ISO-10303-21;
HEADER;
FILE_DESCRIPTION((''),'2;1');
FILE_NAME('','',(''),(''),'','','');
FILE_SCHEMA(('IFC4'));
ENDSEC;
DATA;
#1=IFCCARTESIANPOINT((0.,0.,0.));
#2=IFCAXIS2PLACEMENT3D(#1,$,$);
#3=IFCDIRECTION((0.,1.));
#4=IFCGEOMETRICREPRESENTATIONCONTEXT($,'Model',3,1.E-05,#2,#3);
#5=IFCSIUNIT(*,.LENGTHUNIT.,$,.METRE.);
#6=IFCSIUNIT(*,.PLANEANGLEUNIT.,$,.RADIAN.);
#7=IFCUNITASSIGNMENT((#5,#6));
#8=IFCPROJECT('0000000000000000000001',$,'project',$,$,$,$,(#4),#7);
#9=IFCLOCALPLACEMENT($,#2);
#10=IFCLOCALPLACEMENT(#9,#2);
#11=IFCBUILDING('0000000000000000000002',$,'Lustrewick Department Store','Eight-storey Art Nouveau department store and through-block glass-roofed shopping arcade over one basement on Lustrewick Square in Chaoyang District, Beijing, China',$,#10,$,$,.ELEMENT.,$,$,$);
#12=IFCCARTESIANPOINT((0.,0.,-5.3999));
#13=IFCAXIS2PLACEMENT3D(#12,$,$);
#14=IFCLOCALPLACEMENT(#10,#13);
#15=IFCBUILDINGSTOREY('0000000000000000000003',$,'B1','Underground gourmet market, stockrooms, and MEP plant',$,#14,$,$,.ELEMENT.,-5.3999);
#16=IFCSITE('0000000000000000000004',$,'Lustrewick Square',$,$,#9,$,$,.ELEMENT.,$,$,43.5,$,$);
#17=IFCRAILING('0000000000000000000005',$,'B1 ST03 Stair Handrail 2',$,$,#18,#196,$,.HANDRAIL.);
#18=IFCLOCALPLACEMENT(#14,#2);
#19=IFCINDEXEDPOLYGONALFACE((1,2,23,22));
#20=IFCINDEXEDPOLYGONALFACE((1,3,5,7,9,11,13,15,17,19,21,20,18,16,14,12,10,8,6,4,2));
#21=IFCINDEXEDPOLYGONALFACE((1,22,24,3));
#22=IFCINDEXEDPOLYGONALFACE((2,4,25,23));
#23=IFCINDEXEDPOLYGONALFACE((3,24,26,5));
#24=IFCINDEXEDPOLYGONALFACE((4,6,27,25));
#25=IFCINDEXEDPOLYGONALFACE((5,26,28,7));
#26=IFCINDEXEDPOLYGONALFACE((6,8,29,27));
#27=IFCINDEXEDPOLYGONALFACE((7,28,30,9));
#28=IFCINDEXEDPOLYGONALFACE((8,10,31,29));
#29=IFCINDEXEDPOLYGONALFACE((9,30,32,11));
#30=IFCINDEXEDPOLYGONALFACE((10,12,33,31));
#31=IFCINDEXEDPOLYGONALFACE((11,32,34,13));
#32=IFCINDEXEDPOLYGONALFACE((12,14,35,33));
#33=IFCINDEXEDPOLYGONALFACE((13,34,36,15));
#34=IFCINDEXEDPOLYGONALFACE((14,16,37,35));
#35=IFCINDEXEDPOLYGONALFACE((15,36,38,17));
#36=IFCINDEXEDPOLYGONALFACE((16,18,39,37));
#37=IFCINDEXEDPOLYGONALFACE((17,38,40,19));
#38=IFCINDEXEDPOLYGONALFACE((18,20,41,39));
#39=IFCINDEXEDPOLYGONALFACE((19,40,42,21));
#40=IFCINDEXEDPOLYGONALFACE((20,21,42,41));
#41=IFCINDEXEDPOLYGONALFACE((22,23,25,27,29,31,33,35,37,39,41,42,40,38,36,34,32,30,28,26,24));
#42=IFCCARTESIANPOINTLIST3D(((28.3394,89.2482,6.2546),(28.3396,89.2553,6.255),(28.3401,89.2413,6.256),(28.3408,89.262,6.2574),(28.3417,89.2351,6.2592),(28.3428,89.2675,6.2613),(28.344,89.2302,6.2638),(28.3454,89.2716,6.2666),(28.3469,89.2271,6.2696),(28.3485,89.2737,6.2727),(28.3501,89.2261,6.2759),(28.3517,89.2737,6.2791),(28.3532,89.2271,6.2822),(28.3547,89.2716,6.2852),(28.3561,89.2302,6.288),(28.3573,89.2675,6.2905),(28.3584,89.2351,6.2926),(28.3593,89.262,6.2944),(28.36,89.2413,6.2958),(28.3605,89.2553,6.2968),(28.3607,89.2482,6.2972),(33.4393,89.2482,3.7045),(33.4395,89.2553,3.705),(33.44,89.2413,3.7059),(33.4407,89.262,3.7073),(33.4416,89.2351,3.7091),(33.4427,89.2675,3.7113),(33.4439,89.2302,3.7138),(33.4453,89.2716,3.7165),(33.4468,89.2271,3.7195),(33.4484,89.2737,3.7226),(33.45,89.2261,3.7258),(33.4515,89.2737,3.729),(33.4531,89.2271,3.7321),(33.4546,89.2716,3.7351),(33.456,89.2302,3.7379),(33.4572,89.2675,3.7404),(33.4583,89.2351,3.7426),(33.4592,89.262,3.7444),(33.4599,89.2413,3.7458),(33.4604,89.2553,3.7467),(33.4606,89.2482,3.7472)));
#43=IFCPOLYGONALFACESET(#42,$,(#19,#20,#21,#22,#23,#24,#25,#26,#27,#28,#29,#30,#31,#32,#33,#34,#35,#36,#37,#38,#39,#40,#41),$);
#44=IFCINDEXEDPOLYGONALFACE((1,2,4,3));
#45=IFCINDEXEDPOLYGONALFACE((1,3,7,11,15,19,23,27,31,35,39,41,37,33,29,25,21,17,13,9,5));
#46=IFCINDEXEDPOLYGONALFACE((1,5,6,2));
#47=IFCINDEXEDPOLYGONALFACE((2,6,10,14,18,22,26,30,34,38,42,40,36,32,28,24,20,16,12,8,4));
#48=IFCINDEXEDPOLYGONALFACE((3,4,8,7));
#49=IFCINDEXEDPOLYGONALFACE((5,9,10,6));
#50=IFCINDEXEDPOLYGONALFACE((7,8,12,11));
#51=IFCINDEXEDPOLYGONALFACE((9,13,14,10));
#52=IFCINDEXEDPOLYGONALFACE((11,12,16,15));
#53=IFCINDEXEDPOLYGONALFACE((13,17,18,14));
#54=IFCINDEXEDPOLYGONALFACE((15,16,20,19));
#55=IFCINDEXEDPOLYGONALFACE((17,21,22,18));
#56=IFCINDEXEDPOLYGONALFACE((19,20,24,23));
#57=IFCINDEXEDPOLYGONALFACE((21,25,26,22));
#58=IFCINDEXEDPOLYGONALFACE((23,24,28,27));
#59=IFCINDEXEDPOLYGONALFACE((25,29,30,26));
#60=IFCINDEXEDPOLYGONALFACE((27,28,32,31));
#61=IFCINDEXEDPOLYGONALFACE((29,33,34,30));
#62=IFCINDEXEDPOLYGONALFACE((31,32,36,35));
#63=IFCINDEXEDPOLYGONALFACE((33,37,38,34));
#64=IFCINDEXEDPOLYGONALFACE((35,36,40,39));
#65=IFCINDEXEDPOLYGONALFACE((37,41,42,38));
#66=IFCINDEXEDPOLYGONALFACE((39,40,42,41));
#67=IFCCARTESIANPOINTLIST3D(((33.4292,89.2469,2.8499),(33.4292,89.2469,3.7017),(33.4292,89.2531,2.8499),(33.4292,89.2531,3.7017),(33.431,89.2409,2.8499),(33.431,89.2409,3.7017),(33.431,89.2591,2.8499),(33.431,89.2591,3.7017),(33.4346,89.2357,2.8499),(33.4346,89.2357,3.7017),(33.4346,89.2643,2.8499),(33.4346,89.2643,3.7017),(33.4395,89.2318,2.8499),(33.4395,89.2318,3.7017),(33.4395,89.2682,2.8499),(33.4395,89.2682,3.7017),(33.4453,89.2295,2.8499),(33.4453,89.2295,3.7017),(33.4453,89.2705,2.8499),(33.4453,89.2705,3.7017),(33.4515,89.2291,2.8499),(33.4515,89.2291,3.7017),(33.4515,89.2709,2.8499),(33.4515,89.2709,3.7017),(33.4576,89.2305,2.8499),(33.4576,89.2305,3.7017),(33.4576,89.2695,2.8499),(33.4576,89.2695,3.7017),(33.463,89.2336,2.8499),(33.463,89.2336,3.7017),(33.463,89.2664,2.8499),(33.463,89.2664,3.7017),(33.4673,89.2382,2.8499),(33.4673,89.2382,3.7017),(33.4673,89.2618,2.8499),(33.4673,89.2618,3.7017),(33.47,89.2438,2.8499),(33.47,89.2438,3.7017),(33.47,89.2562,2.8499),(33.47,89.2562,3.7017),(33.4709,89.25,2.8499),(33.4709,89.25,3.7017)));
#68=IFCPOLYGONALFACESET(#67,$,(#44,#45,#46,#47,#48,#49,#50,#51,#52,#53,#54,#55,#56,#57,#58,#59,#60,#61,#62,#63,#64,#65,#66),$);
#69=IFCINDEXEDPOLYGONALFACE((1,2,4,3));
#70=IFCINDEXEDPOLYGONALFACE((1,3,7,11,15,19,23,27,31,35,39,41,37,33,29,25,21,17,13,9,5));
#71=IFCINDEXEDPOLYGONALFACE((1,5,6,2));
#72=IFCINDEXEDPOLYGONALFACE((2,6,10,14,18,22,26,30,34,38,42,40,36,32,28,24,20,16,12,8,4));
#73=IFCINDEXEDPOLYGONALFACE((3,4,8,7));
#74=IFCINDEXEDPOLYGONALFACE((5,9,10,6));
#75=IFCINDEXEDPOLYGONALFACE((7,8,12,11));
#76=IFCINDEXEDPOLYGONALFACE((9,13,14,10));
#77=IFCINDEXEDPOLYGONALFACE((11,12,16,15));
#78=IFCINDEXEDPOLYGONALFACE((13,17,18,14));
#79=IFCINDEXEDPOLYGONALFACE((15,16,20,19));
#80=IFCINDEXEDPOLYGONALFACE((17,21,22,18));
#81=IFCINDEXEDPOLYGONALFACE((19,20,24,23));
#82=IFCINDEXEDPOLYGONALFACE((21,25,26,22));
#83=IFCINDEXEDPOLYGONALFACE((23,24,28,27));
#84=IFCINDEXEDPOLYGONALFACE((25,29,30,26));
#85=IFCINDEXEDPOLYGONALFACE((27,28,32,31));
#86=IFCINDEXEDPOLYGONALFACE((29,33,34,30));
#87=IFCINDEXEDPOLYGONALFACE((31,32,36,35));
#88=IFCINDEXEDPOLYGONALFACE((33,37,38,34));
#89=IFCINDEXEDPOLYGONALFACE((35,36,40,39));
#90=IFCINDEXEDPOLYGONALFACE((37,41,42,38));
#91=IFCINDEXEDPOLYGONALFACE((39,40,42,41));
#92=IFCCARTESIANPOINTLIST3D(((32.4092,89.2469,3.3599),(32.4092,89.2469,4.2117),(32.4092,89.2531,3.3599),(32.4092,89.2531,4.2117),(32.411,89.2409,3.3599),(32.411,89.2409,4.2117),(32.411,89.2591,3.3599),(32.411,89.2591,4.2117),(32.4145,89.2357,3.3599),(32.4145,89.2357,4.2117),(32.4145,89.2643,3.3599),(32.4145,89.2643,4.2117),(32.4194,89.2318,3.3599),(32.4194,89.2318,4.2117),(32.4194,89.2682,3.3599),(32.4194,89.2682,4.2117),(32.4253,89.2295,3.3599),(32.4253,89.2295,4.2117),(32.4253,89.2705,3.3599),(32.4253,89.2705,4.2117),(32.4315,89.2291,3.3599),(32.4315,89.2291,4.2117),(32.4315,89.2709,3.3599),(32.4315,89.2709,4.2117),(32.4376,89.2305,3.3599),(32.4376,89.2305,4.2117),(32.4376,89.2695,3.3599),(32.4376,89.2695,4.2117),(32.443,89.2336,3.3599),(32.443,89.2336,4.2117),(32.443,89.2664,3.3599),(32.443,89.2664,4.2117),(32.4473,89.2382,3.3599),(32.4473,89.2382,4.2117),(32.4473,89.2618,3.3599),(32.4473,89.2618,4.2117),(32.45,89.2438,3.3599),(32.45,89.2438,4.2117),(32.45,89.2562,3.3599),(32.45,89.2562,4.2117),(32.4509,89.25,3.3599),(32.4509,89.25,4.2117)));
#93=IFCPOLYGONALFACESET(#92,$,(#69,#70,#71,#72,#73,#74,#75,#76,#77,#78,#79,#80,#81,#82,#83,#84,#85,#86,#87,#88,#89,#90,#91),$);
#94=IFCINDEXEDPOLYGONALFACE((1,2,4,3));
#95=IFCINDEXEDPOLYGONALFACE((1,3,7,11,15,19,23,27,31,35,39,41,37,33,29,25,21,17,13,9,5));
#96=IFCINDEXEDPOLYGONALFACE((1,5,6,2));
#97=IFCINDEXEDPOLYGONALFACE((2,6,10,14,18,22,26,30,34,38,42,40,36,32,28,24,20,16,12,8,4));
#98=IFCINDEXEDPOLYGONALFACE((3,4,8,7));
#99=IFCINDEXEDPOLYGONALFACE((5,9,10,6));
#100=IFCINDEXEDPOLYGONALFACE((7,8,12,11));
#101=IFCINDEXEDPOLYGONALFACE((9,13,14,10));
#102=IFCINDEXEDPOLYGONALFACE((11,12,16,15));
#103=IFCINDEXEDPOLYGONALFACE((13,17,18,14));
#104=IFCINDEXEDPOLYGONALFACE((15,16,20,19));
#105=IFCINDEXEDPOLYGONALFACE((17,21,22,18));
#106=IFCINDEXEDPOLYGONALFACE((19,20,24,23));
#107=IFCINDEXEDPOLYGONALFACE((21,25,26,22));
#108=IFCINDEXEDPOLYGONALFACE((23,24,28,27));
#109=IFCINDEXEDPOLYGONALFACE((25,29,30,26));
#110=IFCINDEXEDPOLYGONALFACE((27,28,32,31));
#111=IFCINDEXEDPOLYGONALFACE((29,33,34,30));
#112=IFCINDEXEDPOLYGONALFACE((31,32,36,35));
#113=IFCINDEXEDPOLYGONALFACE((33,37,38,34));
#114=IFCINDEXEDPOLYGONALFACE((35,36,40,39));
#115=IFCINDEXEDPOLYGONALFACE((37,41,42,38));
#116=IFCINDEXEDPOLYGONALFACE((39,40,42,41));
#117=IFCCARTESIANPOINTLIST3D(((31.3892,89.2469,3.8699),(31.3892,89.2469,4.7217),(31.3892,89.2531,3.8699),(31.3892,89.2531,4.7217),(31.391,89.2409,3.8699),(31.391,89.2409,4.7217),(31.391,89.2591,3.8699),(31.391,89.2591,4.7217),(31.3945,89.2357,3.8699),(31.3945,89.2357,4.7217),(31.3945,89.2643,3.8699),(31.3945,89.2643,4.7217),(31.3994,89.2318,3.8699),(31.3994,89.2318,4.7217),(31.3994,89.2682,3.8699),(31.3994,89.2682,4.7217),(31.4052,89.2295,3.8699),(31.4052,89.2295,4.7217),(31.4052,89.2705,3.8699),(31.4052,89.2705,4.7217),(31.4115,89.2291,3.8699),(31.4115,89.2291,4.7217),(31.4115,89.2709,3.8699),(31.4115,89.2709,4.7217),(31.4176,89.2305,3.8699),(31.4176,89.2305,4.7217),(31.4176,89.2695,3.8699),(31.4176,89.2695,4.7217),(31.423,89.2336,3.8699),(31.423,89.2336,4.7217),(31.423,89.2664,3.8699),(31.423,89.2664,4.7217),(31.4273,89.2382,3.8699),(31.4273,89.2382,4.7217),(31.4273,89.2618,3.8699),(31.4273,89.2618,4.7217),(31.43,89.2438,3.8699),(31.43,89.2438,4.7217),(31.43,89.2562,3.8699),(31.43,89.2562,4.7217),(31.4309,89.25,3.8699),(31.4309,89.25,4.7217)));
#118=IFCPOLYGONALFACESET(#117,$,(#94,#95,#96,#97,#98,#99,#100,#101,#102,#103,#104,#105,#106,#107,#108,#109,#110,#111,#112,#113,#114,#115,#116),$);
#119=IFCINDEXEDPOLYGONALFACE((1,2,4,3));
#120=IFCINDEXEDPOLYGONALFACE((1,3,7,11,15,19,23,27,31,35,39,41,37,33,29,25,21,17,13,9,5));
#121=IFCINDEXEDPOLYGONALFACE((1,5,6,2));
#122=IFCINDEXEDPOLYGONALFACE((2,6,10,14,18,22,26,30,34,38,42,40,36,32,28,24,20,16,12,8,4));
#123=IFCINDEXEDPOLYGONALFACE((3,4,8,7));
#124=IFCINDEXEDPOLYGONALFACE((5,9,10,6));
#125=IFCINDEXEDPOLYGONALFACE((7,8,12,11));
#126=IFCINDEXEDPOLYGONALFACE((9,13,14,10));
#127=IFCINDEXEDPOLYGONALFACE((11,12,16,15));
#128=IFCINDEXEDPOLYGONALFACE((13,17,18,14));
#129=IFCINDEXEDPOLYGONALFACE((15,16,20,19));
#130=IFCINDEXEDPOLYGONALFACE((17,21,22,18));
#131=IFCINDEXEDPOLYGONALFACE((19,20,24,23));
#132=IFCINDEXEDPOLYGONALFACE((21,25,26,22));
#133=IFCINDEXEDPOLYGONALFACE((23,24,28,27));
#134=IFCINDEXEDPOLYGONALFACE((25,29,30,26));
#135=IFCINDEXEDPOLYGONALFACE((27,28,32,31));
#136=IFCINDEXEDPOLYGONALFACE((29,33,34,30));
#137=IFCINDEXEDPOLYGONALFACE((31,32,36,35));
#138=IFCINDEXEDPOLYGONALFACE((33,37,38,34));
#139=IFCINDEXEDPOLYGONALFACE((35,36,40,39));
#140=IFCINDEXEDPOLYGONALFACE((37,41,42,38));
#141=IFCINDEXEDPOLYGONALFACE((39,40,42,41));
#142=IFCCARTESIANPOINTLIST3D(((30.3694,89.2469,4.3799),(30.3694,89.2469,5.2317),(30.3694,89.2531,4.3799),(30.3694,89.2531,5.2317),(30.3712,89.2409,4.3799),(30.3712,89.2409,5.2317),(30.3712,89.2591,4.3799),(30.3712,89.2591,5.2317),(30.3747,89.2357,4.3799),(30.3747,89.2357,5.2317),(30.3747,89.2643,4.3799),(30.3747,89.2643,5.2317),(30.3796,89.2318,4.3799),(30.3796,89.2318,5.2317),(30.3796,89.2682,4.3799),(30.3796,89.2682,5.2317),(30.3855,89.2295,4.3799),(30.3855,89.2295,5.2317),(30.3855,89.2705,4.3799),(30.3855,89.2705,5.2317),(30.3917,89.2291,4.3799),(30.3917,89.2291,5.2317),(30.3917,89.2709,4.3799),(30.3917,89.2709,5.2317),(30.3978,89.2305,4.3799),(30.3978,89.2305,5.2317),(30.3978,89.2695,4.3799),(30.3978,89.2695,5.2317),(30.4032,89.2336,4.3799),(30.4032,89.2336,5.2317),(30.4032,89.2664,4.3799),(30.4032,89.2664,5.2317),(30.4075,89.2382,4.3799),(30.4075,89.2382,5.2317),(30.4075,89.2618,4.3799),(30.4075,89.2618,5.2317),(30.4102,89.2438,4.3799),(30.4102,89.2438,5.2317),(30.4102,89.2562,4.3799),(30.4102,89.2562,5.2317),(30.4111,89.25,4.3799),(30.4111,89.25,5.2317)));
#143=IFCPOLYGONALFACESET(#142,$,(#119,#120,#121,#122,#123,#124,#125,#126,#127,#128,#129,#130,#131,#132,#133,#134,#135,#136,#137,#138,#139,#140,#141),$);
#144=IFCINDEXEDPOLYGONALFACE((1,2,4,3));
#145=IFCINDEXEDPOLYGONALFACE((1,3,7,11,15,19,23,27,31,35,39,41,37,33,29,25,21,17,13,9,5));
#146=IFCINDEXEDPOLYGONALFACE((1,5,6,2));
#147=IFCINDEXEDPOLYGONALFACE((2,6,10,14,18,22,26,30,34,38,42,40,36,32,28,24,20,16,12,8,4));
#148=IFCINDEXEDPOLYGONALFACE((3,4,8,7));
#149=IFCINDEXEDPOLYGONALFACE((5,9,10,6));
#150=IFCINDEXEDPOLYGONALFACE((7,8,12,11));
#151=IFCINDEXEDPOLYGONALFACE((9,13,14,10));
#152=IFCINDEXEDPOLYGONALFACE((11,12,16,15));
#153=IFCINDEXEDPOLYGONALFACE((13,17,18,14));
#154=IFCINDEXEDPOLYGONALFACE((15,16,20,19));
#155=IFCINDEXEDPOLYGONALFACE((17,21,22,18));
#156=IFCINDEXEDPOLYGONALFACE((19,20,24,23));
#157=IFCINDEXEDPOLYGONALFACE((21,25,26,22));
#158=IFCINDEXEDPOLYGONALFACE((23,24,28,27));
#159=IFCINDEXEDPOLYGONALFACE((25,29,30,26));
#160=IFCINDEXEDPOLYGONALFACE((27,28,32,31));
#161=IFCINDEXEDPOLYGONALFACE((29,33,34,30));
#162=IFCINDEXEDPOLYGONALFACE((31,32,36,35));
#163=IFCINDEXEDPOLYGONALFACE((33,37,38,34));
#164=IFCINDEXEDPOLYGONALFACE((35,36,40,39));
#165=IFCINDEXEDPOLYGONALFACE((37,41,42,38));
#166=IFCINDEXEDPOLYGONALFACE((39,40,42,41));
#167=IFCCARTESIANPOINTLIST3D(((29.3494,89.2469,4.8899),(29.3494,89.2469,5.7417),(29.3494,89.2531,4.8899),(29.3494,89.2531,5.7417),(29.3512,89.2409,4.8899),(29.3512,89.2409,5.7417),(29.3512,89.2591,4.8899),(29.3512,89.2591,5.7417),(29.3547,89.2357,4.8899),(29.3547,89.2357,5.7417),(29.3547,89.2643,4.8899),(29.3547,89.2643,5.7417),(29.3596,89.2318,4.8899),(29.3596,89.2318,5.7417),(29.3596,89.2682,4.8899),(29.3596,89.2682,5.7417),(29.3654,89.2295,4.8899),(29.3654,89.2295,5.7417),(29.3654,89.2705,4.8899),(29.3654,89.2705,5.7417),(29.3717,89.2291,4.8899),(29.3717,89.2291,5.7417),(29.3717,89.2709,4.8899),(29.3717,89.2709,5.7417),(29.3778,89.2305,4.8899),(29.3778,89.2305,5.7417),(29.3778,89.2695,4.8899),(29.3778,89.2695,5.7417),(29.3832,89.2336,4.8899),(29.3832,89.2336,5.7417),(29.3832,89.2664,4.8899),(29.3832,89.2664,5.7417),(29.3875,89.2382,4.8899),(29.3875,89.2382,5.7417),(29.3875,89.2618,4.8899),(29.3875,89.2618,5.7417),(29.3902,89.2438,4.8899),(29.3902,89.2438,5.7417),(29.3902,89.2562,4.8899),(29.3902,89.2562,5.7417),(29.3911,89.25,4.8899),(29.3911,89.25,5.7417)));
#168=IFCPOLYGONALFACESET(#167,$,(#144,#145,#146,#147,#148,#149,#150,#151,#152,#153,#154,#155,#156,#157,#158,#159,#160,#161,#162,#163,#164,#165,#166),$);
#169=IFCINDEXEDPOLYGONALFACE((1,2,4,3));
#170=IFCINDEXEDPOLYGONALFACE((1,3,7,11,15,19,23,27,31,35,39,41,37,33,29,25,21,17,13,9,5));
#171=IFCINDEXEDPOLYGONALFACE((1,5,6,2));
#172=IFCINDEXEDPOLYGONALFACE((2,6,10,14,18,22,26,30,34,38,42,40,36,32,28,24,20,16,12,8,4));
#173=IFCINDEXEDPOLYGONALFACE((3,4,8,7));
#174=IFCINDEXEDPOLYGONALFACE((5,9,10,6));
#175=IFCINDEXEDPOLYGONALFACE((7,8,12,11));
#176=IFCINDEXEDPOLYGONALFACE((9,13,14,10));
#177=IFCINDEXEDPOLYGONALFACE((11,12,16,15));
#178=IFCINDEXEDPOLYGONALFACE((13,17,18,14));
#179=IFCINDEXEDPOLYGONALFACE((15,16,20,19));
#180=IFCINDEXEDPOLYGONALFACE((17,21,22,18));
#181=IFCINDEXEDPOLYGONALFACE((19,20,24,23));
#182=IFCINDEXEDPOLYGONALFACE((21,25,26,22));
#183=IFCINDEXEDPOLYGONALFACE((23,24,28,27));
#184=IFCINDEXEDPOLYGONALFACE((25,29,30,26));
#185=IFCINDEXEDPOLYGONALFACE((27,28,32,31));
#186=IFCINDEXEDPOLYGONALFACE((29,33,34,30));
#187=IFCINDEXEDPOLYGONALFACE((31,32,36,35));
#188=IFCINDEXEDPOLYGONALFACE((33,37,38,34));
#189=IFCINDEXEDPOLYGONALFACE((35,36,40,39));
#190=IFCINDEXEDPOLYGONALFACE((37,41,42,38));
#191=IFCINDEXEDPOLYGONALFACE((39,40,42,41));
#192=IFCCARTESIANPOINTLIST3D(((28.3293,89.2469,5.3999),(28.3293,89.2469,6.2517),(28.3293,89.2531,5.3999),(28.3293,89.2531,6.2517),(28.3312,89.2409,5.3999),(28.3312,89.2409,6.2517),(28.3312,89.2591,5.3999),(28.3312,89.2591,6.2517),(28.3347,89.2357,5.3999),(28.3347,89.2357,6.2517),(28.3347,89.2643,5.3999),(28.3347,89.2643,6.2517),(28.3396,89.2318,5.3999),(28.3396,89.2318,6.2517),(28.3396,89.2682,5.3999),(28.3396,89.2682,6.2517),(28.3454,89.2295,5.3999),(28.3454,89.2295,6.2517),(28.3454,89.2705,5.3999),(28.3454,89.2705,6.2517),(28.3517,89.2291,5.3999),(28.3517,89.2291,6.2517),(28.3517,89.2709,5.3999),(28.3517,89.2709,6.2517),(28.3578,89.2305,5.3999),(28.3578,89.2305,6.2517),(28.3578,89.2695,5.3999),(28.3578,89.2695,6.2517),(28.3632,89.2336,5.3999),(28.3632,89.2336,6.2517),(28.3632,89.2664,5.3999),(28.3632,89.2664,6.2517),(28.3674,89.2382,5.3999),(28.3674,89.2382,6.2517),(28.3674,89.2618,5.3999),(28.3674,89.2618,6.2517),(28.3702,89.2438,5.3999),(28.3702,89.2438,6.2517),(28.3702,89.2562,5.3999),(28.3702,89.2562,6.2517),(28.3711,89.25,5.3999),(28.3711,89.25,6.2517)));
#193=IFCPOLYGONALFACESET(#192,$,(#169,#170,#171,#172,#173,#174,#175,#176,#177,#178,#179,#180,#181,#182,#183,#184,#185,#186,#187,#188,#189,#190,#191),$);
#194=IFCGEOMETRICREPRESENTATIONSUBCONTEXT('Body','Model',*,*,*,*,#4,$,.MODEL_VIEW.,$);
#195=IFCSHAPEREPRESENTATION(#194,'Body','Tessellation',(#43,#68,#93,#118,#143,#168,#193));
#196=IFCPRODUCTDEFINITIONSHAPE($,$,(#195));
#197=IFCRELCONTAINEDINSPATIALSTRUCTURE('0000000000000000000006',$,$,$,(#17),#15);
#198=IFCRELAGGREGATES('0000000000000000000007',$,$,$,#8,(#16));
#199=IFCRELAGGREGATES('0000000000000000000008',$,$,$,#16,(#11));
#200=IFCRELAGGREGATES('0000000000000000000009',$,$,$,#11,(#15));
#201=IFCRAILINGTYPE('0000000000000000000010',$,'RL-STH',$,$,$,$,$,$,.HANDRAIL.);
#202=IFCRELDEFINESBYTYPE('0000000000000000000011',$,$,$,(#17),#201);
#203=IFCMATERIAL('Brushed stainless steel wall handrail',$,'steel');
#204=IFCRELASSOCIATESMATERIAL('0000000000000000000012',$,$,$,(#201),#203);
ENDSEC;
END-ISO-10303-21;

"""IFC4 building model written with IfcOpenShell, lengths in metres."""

from ifc_helpers import new_model, si_unit, direction, frame, origin, origin_2d, place, context, subcontext, project, spatial, circle, extrude, material, type_object, element, save


model = new_model("IFC4")

# Units and contexts
model_context = context("Model", 3, precision=1e-05, world=origin(), true_north=direction((0.0, 1.0)))
body_context = subcontext(model_context, "Body", "Model", "MODEL_VIEW")
ifc_project = project(units=[si_unit("LENGTHUNIT", "METRE"), si_unit("PLANEANGLEUNIT", "RADIAN")], contexts=[model_context])

# Site, building, storey
site_placement = place(None, origin())
site = spatial("IfcSite", under=ifc_project, at=site_placement, Name="Lustrewick Square", CompositionType="ELEMENT", RefElevation=43.5)
building_placement = place(site_placement, origin())
building = spatial("IfcBuilding", under=site, at=building_placement, Name="Lustrewick Department Store", Description="Eight-storey Art Nouveau department store and through-block glass-roofed shopping arcade over one basement on Lustrewick Square in Chaoyang District, Beijing, China", CompositionType="ELEMENT")
storey_placement = place(building_placement, frame((0.0, 0.0, -5.3999)))
storey = spatial("IfcBuildingStorey", under=building, at=storey_placement, Name="B1", Description="Underground gourmet market, stockrooms, and MEP plant", CompositionType="ELEMENT", Elevation=-5.3999)

# Railing
ifc_material_1 = material(Name="Brushed stainless steel wall handrail", Category="steel")
railing_type_1 = type_object("IfcRailingType", Name="RL-STH", PredefinedType="HANDRAIL", material=ifc_material_1)
railing_1_placement = place(storey_placement, frame((33.45, 89.25, 2.8499)))
element("IfcRailing", 1, at=railing_1_placement, inside=storey, type_object=railing_type_1, Name="B1 ST03 Stair Handrail 2", PredefinedType="HANDRAIL", context=body_context, shape_type="SweptSolid", body=[
    extrude(circle(Radius=0.0239, at=origin_2d()), frame((0.0, 0.0, 0.876), z_axis=(-0.894419, 0.0, 0.447231), x_axis=(0.0, -1.0, 0.0)), (0.0, 0.0, 1.0), 5.7019),
    extrude(circle(Radius=0.021, at=origin_2d()), origin(), (0.0, 0.0, 1.0), 0.8518),
    extrude(circle(Radius=0.021, at=origin_2d()), frame((-1.02, 0.0, 0.51)), (0.0, 0.0, 1.0), 0.8518),
    extrude(circle(Radius=0.021, at=origin_2d()), frame((-2.04, 0.0, 1.02)), (0.0, 0.0, 1.0), 0.8518),
    extrude(circle(Radius=0.021, at=origin_2d()), frame((-3.0598, 0.0, 1.53)), (0.0, 0.0, 1.0), 0.8518),
    extrude(circle(Radius=0.021, at=origin_2d()), frame((-4.0798, 0.0, 2.04)), (0.0, 0.0, 1.0), 0.8518),
    extrude(circle(Radius=0.021, at=origin_2d()), frame((-5.0999, 0.0, 2.55)), (0.0, 0.0, 1.0), 0.8518),
])

save(model, "model.ifc")
